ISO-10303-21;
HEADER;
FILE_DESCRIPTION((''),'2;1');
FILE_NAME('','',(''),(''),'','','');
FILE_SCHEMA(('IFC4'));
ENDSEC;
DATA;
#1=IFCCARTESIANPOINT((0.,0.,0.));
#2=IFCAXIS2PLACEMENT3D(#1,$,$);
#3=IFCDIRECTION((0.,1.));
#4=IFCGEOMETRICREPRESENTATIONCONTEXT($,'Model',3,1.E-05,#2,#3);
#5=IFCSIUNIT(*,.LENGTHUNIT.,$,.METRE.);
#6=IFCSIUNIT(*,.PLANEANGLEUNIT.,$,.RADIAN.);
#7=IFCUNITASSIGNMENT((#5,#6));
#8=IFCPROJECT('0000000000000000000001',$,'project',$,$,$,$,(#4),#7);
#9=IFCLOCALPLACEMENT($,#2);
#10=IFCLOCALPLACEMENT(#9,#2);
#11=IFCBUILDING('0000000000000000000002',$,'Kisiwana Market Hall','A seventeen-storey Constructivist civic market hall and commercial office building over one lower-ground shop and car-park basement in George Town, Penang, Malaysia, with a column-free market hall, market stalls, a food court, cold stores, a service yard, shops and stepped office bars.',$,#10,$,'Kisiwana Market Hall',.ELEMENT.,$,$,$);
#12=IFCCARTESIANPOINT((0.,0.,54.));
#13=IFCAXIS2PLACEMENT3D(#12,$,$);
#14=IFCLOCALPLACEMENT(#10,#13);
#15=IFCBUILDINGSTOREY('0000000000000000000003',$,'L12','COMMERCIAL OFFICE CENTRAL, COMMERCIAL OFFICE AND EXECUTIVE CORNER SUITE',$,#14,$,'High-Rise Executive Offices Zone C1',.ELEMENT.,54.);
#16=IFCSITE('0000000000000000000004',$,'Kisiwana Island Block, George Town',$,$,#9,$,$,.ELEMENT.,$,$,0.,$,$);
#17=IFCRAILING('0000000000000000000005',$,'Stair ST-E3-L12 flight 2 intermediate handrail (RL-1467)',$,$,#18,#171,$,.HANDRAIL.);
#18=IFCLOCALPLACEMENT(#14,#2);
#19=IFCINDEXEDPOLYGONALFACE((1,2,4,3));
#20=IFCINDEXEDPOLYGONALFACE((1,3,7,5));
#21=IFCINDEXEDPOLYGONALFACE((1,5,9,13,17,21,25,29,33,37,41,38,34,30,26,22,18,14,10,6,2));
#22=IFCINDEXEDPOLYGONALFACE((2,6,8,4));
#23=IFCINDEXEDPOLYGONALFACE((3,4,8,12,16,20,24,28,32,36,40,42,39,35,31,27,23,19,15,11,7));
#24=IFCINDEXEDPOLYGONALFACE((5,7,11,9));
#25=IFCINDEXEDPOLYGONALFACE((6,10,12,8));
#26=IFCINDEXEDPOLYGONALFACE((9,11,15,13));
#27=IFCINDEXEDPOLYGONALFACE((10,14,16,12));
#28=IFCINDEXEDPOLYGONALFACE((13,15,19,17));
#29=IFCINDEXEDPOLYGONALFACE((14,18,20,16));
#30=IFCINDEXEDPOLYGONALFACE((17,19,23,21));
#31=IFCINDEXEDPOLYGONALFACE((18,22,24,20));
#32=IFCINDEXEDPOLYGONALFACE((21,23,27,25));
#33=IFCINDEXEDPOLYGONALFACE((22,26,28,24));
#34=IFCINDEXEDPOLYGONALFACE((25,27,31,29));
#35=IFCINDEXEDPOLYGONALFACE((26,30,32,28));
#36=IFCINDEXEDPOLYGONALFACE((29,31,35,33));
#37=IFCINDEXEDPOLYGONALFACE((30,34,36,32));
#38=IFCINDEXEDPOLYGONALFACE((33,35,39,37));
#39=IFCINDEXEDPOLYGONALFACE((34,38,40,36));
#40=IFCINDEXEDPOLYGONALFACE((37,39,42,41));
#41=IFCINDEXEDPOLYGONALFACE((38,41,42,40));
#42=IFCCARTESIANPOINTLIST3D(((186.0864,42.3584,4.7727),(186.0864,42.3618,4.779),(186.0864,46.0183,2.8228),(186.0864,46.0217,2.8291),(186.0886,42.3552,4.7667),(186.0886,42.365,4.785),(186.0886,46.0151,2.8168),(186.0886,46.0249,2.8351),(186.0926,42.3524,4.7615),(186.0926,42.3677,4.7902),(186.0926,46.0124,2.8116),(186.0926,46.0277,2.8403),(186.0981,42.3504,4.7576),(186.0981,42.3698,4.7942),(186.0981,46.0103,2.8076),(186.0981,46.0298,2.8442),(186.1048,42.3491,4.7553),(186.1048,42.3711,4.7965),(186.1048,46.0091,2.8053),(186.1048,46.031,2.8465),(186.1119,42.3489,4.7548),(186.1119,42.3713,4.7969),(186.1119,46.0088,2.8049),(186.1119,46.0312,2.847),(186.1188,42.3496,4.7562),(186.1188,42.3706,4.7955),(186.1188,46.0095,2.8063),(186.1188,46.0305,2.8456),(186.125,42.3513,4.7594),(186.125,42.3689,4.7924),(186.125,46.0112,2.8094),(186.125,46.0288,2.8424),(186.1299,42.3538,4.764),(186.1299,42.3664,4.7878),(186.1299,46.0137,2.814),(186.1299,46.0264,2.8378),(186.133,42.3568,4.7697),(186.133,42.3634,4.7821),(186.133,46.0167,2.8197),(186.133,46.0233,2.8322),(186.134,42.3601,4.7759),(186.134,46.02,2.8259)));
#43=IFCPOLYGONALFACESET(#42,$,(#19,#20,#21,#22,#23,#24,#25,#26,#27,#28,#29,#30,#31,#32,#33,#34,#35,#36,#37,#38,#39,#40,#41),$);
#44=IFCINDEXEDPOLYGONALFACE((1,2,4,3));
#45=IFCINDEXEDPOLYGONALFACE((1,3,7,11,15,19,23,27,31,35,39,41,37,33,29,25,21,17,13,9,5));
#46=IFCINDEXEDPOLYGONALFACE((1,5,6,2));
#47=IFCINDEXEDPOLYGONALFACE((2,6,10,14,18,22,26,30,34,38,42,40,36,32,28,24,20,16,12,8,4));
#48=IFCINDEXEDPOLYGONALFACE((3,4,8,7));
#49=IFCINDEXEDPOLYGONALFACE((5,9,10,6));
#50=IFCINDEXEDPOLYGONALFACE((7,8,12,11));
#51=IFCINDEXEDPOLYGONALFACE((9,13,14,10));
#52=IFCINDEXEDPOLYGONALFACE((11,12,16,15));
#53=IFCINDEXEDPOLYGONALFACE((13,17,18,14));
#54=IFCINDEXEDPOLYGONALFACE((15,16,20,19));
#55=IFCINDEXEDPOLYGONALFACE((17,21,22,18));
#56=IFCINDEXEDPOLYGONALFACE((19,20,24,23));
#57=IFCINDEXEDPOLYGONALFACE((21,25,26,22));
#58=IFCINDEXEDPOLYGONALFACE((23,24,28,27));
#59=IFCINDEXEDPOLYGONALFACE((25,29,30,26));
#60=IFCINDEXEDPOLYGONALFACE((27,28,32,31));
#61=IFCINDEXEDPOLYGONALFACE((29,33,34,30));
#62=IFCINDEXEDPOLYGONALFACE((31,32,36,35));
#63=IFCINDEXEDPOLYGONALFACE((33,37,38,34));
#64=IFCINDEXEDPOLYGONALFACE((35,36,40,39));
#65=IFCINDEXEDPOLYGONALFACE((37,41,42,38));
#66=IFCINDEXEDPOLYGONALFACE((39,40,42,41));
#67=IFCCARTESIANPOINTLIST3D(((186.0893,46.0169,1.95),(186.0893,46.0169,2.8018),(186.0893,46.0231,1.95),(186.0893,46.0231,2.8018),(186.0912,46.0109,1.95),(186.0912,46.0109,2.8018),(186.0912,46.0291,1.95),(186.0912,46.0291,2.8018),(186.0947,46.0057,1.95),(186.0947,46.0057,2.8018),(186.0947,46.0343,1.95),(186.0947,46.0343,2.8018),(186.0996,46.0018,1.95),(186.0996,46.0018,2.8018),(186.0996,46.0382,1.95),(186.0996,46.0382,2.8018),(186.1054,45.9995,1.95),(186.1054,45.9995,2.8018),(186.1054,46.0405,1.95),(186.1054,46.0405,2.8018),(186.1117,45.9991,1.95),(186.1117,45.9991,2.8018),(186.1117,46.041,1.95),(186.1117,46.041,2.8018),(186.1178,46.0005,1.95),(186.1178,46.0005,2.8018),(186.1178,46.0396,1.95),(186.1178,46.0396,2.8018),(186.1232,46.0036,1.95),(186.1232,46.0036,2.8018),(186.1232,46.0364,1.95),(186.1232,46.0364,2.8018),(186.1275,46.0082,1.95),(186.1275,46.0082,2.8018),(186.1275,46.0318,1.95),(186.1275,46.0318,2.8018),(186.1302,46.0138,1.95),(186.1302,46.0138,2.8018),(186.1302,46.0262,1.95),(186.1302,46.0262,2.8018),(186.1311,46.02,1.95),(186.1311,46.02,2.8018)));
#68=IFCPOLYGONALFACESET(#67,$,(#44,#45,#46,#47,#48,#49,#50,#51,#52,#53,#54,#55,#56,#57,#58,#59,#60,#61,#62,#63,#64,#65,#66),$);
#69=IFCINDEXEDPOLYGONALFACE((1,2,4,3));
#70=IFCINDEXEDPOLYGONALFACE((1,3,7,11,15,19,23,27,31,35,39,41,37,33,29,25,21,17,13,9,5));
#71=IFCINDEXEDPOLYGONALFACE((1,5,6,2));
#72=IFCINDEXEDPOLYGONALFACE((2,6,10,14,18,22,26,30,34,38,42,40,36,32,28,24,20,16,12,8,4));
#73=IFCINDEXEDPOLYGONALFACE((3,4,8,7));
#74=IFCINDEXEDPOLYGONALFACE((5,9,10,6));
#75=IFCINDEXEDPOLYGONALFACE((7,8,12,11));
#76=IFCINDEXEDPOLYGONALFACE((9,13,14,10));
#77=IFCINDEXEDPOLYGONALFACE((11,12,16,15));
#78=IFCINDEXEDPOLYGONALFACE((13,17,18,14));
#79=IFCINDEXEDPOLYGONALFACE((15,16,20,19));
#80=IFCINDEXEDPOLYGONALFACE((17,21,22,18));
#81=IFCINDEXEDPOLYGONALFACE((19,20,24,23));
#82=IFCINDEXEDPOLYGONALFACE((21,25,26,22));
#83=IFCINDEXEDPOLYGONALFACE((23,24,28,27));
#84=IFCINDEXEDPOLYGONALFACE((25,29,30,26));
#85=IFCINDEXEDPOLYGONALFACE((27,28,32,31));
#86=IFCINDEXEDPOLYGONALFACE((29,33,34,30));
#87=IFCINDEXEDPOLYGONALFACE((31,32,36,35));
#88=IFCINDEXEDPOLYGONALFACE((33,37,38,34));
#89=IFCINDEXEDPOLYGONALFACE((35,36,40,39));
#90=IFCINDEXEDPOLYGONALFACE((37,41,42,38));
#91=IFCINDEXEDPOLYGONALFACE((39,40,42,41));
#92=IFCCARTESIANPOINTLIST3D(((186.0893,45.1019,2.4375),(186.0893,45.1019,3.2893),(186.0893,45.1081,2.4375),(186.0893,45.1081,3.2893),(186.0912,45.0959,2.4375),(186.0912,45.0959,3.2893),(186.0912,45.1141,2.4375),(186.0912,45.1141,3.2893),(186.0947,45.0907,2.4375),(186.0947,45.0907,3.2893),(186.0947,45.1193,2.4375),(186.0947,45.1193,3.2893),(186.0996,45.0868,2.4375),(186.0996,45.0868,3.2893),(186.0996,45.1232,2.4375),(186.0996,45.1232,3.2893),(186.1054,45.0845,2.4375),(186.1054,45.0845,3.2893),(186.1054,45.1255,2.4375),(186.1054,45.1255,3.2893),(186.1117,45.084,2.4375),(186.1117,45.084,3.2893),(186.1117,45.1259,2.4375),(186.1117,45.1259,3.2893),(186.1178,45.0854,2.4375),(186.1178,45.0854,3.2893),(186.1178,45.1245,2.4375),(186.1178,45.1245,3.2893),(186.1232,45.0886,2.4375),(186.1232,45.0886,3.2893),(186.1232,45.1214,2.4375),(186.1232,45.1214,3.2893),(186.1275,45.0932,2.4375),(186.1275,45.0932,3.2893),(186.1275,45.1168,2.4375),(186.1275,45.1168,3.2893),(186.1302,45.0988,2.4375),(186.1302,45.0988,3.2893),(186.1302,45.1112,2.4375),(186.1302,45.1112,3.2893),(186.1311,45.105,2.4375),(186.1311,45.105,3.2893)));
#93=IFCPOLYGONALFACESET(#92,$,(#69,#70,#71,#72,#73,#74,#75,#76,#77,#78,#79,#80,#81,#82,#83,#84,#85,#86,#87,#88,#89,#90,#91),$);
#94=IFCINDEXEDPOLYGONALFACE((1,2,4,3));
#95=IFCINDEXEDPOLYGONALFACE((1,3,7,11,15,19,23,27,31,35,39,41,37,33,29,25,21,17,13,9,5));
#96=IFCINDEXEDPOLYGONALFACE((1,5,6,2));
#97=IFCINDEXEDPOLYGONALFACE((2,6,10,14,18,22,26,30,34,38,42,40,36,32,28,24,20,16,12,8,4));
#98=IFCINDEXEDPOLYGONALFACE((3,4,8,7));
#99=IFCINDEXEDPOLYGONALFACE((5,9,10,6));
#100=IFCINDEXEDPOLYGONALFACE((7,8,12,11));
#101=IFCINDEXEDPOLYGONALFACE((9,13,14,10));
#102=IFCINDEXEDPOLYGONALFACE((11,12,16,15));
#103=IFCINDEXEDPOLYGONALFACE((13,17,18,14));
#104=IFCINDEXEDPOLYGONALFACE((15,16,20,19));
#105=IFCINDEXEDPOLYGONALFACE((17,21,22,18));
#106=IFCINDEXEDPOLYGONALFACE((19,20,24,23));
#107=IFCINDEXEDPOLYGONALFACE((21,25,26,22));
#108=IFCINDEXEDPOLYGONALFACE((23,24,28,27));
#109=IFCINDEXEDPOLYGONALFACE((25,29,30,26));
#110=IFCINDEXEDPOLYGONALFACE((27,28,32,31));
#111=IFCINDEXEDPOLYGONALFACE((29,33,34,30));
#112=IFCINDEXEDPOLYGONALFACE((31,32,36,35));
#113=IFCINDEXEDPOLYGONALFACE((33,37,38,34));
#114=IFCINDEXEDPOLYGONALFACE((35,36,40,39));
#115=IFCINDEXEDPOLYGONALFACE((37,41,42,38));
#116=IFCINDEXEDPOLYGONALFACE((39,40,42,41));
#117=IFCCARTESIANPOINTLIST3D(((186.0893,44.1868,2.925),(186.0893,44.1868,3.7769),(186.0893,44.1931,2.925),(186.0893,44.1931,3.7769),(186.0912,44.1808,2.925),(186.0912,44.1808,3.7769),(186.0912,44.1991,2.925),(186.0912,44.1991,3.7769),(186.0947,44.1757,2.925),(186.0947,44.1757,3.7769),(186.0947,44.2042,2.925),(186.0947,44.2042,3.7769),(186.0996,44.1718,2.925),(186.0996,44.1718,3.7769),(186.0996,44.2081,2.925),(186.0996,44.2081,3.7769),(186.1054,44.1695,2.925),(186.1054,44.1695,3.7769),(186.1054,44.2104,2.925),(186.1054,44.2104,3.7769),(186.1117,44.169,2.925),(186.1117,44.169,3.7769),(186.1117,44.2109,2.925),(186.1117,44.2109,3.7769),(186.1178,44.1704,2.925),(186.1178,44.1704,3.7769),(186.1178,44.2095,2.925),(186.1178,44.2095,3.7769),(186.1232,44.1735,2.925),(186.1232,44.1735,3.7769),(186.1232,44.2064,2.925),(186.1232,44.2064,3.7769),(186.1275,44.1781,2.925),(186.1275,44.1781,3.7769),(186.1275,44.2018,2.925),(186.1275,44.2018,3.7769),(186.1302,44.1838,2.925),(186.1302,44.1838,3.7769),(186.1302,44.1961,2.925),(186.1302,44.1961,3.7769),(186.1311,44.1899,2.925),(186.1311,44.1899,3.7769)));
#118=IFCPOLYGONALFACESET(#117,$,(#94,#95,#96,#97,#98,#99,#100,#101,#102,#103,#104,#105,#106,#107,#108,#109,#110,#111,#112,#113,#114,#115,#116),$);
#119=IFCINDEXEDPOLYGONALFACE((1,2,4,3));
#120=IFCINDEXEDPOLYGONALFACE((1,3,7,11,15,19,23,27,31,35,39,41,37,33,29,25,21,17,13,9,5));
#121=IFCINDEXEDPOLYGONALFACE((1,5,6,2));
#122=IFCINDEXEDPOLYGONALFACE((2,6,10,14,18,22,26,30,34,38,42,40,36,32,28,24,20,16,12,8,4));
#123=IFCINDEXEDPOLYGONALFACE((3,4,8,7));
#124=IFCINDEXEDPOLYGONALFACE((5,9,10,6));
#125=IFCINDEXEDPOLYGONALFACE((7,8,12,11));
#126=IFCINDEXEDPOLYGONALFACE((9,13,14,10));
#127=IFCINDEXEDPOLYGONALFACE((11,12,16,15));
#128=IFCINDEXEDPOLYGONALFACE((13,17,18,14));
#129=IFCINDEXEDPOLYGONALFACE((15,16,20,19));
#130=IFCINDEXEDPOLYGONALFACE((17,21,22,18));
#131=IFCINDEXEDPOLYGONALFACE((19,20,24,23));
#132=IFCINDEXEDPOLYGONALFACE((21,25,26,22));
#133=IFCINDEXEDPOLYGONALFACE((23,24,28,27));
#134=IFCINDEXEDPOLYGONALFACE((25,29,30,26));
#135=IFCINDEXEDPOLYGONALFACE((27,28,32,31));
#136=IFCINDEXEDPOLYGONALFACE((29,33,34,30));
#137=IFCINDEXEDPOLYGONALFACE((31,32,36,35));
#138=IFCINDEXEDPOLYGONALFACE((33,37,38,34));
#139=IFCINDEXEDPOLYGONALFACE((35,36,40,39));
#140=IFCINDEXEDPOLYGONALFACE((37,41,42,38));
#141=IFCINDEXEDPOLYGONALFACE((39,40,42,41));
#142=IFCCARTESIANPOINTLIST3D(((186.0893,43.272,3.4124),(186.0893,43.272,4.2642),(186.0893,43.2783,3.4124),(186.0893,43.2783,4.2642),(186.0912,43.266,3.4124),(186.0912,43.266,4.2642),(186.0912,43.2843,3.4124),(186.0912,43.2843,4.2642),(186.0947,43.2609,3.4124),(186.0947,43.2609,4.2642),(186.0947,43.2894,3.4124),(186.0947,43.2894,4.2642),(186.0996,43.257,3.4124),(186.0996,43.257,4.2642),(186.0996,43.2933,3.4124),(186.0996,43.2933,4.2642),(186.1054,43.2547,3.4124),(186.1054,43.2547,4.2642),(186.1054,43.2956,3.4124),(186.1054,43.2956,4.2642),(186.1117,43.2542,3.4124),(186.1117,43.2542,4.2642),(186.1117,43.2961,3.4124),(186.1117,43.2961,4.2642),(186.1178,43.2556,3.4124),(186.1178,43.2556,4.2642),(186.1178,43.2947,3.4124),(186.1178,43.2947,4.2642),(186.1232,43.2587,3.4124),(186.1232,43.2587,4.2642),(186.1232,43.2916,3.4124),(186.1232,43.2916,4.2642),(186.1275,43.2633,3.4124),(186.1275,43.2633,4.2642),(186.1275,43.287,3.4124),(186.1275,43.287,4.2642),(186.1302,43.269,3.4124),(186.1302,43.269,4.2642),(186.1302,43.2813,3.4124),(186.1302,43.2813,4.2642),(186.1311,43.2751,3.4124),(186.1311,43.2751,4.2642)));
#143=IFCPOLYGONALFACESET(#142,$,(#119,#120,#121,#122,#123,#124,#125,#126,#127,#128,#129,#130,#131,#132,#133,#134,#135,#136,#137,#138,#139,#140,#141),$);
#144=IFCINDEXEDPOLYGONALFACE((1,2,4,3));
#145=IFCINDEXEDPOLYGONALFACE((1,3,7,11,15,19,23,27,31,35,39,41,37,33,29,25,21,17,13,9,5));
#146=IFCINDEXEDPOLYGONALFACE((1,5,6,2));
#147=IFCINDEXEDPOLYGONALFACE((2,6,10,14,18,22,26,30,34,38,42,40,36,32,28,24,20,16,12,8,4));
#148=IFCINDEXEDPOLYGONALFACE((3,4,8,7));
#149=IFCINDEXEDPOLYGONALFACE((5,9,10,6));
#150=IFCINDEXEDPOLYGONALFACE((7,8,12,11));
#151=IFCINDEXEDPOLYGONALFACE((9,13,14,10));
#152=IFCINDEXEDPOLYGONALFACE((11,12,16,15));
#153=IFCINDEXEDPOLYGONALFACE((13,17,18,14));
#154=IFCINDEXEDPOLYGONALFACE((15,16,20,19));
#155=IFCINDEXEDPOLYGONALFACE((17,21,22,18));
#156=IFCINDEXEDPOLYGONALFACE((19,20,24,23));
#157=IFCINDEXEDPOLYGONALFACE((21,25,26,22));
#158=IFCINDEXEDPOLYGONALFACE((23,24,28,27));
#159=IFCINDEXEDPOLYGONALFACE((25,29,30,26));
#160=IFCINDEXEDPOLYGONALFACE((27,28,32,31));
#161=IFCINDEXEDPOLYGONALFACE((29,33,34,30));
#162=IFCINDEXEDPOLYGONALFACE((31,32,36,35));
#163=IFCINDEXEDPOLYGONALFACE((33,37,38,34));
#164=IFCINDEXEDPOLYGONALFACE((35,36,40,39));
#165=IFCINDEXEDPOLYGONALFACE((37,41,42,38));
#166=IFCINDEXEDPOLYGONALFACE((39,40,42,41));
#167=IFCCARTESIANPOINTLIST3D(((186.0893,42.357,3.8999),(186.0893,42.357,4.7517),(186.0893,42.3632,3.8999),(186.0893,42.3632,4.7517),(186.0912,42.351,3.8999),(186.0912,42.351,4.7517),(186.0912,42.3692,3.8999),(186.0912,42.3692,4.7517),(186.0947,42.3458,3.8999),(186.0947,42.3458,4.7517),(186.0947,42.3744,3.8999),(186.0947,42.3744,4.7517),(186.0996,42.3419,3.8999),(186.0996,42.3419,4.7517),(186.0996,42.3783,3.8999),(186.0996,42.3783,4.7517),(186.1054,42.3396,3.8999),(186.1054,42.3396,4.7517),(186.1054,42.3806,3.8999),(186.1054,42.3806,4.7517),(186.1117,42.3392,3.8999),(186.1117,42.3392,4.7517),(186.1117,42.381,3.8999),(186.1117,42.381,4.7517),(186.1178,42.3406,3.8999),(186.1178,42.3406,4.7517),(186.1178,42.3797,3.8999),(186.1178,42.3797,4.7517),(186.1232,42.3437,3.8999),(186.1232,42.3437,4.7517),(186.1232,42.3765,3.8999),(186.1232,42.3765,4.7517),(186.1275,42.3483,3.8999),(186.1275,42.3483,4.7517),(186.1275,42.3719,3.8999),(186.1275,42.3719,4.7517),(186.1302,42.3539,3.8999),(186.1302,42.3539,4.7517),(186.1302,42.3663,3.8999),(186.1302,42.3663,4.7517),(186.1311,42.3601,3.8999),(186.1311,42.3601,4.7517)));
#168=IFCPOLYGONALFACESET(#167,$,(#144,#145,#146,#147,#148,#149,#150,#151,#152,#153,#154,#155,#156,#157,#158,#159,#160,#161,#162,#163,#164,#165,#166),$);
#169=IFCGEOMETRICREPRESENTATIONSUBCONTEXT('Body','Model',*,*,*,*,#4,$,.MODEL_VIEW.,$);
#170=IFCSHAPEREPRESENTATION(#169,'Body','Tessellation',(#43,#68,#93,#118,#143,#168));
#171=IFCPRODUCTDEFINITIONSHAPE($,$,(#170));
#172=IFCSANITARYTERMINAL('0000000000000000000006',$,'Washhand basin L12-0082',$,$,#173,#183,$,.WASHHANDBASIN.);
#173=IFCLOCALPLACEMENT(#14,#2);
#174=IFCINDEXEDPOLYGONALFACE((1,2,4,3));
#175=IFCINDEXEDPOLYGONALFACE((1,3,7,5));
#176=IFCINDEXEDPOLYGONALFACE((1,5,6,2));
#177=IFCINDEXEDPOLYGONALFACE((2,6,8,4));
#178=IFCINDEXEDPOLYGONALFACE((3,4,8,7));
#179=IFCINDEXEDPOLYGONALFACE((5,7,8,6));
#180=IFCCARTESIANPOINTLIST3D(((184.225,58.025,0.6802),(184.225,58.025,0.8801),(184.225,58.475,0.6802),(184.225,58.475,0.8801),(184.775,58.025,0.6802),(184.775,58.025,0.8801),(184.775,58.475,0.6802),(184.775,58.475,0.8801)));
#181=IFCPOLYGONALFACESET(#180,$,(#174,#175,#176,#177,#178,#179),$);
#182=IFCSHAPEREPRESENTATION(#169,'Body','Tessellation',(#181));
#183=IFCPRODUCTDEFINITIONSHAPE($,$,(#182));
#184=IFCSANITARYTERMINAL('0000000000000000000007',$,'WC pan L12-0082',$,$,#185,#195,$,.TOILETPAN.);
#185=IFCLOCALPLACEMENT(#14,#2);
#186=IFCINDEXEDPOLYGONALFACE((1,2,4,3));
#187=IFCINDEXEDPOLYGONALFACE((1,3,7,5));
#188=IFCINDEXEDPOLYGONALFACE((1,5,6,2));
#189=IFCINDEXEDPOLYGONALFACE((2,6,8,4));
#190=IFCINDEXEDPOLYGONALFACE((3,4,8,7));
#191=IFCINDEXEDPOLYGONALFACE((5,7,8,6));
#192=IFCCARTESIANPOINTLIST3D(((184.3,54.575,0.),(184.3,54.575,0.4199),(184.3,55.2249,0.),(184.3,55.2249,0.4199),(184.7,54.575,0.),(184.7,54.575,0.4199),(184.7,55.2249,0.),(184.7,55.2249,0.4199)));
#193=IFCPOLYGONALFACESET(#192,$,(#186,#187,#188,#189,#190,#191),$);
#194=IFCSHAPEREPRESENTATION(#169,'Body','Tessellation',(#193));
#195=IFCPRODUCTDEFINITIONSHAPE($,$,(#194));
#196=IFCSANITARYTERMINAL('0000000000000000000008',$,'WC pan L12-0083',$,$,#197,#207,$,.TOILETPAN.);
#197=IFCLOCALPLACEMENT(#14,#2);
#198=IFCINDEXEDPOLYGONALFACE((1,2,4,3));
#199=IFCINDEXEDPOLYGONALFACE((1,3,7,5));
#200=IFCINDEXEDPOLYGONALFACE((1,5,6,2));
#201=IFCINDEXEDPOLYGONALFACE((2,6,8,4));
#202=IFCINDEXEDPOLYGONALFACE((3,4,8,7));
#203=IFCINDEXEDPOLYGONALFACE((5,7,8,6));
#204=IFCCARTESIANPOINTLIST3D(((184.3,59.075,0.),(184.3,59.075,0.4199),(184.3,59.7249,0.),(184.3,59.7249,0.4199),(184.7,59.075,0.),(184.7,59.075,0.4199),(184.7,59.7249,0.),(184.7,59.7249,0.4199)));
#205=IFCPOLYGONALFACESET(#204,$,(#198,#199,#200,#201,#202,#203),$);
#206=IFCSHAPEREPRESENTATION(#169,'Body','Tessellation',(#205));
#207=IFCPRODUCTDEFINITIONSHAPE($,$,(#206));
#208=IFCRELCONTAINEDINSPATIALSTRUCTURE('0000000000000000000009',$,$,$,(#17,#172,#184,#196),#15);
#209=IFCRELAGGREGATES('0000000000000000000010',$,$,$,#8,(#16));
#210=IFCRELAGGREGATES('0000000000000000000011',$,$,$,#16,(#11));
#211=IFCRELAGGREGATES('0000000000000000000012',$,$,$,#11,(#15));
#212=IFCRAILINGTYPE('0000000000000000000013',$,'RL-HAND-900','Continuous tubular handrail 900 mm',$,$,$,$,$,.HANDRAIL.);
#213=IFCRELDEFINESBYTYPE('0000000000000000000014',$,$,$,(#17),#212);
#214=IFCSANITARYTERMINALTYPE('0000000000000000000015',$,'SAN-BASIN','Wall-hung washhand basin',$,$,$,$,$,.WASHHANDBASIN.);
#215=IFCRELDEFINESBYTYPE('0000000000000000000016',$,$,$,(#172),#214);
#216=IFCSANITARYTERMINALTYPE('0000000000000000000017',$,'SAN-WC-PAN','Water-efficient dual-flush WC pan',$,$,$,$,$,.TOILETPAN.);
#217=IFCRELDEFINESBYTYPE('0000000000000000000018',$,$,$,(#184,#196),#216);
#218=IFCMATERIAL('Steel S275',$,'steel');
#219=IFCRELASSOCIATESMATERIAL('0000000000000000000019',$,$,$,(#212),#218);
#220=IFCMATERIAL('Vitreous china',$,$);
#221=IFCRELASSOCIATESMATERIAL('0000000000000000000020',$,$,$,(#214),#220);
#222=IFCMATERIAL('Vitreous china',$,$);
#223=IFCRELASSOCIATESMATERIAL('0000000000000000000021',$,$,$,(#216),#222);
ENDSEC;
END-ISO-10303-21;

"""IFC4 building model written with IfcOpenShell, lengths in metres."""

from ifc_helpers import new_model, si_unit, direction, frame, origin, origin_2d, place, context, subcontext, project, spatial, rectangle, circle, extrude, material, type_object, element, save


model = new_model("IFC4")

# Units and contexts
model_context = context("Model", 3, precision=1e-05, world=origin(), true_north=direction((0.0, 1.0)))
body_context = subcontext(model_context, "Body", "Model", "MODEL_VIEW")
ifc_project = project(units=[si_unit("LENGTHUNIT", "METRE"), si_unit("PLANEANGLEUNIT", "RADIAN")], contexts=[model_context])

# Site, building, storey
site_placement = place(None, origin())
site = spatial("IfcSite", under=ifc_project, at=site_placement, Name="Kisiwana Island Block, George Town", CompositionType="ELEMENT", RefElevation=0.0)
building_placement = place(site_placement, origin())
building = spatial("IfcBuilding", under=site, at=building_placement, Name="Kisiwana Market Hall", Description="A seventeen-storey Constructivist civic market hall and commercial office building over one lower-ground shop and car-park basement in George Town, Penang, Malaysia, with a column-free market hall, market stalls, a food court, cold stores, a service yard, shops and stepped office bars.", LongName="Kisiwana Market Hall", CompositionType="ELEMENT")
storey_placement = place(building_placement, frame((0.0, 0.0, 54.0)))
storey = spatial("IfcBuildingStorey", under=building, at=storey_placement, Name="L12", Description="COMMERCIAL OFFICE CENTRAL, COMMERCIAL OFFICE AND EXECUTIVE CORNER SUITE", LongName="High-Rise Executive Offices Zone C1", CompositionType="ELEMENT", Elevation=54.0)

# Railing
ifc_material_1 = material(Name="Steel S275", Category="steel")
railing_type_1 = type_object("IfcRailingType", Name="RL-HAND-900", Description="Continuous tubular handrail 900 mm", PredefinedType="HANDRAIL", material=ifc_material_1)
railing_1_placement = place(storey_placement, frame((186.1101, 46.02, 1.95)))
element("IfcRailing", 1, at=railing_1_placement, inside=storey, type_object=railing_type_1, Name="Stair ST-E3-L12 flight 2 intermediate handrail (RL-1467)", PredefinedType="HANDRAIL", context=body_context, shape_type="SweptSolid", body=[
    extrude(circle(Radius=0.0239, at=origin_2d()), frame((0.0, 0.0, 0.876), z_axis=(0.0, -0.882553, 0.470212), x_axis=(1.0, 0.0, 0.0)), (0.0, 0.0, 1.0), 4.147),
    extrude(circle(Radius=0.021, at=origin_2d()), origin(), (0.0, 0.0, 1.0), 0.8518),
    extrude(circle(Radius=0.021, at=origin_2d()), frame((0.0, -0.915, 0.4875)), (0.0, 0.0, 1.0), 0.8518),
    extrude(circle(Radius=0.021, at=origin_2d()), frame((0.0, -1.8301, 0.9751)), (0.0, 0.0, 1.0), 0.8518),
    extrude(circle(Radius=0.021, at=origin_2d()), frame((0.0, -2.7449, 1.4624)), (0.0, 0.0, 1.0), 0.8518),
    extrude(circle(Radius=0.021, at=origin_2d()), frame((0.0, -3.6599, 1.95)), (0.0, 0.0, 1.0), 0.8518),
])

# Sanitary terminals
ifc_material_2 = material(Name="Vitreous china")
sanitary_terminal_type_1 = type_object("IfcSanitaryTerminalType", Name="SAN-BASIN", Description="Wall-hung washhand basin", PredefinedType="WASHHANDBASIN", material=ifc_material_2)
sanitary_terminal_placement = place(storey_placement, frame((184.5, 58.25, 0.6802), z_axis=(0.0, 0.0, 1.0), x_axis=(1.0, 0.0, 0.0)))
element("IfcSanitaryTerminal", 2, at=sanitary_terminal_placement, inside=storey, type_object=sanitary_terminal_type_1, Name="Washhand basin L12-0082", PredefinedType="WASHHANDBASIN", context=body_context, shape_type="SweptSolid", body=[
    extrude(rectangle(XDim=0.55, YDim=0.45, at=origin_2d()), origin(), (0.0, 0.0, 1.0), 0.2),
])
ifc_material_3 = material(Name="Vitreous china")
sanitary_terminal_type_2 = type_object("IfcSanitaryTerminalType", Name="SAN-WC-PAN", Description="Water-efficient dual-flush WC pan", PredefinedType="TOILETPAN", material=ifc_material_3)
for number, where, z_axis, x_axis, name in (
    (3, (184.5, 54.8999, 0.0), (0.0, 0.0, 1.0), (1.0, 0.0, 0.0), "WC pan L12-0082"),
    (4, (184.5, 59.3999, 0.0), (0.0, 0.0, 1.0), (1.0, 0.0, 0.0), "WC pan L12-0083"),
):
    element("IfcSanitaryTerminal", number, at=place(storey_placement, frame(where, z_axis=z_axis, x_axis=x_axis)), inside=storey, type_object=sanitary_terminal_type_2, Name=name, PredefinedType="TOILETPAN", context=body_context, shape_type="SweptSolid", body=[
        extrude(rectangle(XDim=0.3999, YDim=0.6499, at=origin_2d()), origin(), (0.0, 0.0, 1.0), 0.4199),
    ])

save(model, "model.ifc")
